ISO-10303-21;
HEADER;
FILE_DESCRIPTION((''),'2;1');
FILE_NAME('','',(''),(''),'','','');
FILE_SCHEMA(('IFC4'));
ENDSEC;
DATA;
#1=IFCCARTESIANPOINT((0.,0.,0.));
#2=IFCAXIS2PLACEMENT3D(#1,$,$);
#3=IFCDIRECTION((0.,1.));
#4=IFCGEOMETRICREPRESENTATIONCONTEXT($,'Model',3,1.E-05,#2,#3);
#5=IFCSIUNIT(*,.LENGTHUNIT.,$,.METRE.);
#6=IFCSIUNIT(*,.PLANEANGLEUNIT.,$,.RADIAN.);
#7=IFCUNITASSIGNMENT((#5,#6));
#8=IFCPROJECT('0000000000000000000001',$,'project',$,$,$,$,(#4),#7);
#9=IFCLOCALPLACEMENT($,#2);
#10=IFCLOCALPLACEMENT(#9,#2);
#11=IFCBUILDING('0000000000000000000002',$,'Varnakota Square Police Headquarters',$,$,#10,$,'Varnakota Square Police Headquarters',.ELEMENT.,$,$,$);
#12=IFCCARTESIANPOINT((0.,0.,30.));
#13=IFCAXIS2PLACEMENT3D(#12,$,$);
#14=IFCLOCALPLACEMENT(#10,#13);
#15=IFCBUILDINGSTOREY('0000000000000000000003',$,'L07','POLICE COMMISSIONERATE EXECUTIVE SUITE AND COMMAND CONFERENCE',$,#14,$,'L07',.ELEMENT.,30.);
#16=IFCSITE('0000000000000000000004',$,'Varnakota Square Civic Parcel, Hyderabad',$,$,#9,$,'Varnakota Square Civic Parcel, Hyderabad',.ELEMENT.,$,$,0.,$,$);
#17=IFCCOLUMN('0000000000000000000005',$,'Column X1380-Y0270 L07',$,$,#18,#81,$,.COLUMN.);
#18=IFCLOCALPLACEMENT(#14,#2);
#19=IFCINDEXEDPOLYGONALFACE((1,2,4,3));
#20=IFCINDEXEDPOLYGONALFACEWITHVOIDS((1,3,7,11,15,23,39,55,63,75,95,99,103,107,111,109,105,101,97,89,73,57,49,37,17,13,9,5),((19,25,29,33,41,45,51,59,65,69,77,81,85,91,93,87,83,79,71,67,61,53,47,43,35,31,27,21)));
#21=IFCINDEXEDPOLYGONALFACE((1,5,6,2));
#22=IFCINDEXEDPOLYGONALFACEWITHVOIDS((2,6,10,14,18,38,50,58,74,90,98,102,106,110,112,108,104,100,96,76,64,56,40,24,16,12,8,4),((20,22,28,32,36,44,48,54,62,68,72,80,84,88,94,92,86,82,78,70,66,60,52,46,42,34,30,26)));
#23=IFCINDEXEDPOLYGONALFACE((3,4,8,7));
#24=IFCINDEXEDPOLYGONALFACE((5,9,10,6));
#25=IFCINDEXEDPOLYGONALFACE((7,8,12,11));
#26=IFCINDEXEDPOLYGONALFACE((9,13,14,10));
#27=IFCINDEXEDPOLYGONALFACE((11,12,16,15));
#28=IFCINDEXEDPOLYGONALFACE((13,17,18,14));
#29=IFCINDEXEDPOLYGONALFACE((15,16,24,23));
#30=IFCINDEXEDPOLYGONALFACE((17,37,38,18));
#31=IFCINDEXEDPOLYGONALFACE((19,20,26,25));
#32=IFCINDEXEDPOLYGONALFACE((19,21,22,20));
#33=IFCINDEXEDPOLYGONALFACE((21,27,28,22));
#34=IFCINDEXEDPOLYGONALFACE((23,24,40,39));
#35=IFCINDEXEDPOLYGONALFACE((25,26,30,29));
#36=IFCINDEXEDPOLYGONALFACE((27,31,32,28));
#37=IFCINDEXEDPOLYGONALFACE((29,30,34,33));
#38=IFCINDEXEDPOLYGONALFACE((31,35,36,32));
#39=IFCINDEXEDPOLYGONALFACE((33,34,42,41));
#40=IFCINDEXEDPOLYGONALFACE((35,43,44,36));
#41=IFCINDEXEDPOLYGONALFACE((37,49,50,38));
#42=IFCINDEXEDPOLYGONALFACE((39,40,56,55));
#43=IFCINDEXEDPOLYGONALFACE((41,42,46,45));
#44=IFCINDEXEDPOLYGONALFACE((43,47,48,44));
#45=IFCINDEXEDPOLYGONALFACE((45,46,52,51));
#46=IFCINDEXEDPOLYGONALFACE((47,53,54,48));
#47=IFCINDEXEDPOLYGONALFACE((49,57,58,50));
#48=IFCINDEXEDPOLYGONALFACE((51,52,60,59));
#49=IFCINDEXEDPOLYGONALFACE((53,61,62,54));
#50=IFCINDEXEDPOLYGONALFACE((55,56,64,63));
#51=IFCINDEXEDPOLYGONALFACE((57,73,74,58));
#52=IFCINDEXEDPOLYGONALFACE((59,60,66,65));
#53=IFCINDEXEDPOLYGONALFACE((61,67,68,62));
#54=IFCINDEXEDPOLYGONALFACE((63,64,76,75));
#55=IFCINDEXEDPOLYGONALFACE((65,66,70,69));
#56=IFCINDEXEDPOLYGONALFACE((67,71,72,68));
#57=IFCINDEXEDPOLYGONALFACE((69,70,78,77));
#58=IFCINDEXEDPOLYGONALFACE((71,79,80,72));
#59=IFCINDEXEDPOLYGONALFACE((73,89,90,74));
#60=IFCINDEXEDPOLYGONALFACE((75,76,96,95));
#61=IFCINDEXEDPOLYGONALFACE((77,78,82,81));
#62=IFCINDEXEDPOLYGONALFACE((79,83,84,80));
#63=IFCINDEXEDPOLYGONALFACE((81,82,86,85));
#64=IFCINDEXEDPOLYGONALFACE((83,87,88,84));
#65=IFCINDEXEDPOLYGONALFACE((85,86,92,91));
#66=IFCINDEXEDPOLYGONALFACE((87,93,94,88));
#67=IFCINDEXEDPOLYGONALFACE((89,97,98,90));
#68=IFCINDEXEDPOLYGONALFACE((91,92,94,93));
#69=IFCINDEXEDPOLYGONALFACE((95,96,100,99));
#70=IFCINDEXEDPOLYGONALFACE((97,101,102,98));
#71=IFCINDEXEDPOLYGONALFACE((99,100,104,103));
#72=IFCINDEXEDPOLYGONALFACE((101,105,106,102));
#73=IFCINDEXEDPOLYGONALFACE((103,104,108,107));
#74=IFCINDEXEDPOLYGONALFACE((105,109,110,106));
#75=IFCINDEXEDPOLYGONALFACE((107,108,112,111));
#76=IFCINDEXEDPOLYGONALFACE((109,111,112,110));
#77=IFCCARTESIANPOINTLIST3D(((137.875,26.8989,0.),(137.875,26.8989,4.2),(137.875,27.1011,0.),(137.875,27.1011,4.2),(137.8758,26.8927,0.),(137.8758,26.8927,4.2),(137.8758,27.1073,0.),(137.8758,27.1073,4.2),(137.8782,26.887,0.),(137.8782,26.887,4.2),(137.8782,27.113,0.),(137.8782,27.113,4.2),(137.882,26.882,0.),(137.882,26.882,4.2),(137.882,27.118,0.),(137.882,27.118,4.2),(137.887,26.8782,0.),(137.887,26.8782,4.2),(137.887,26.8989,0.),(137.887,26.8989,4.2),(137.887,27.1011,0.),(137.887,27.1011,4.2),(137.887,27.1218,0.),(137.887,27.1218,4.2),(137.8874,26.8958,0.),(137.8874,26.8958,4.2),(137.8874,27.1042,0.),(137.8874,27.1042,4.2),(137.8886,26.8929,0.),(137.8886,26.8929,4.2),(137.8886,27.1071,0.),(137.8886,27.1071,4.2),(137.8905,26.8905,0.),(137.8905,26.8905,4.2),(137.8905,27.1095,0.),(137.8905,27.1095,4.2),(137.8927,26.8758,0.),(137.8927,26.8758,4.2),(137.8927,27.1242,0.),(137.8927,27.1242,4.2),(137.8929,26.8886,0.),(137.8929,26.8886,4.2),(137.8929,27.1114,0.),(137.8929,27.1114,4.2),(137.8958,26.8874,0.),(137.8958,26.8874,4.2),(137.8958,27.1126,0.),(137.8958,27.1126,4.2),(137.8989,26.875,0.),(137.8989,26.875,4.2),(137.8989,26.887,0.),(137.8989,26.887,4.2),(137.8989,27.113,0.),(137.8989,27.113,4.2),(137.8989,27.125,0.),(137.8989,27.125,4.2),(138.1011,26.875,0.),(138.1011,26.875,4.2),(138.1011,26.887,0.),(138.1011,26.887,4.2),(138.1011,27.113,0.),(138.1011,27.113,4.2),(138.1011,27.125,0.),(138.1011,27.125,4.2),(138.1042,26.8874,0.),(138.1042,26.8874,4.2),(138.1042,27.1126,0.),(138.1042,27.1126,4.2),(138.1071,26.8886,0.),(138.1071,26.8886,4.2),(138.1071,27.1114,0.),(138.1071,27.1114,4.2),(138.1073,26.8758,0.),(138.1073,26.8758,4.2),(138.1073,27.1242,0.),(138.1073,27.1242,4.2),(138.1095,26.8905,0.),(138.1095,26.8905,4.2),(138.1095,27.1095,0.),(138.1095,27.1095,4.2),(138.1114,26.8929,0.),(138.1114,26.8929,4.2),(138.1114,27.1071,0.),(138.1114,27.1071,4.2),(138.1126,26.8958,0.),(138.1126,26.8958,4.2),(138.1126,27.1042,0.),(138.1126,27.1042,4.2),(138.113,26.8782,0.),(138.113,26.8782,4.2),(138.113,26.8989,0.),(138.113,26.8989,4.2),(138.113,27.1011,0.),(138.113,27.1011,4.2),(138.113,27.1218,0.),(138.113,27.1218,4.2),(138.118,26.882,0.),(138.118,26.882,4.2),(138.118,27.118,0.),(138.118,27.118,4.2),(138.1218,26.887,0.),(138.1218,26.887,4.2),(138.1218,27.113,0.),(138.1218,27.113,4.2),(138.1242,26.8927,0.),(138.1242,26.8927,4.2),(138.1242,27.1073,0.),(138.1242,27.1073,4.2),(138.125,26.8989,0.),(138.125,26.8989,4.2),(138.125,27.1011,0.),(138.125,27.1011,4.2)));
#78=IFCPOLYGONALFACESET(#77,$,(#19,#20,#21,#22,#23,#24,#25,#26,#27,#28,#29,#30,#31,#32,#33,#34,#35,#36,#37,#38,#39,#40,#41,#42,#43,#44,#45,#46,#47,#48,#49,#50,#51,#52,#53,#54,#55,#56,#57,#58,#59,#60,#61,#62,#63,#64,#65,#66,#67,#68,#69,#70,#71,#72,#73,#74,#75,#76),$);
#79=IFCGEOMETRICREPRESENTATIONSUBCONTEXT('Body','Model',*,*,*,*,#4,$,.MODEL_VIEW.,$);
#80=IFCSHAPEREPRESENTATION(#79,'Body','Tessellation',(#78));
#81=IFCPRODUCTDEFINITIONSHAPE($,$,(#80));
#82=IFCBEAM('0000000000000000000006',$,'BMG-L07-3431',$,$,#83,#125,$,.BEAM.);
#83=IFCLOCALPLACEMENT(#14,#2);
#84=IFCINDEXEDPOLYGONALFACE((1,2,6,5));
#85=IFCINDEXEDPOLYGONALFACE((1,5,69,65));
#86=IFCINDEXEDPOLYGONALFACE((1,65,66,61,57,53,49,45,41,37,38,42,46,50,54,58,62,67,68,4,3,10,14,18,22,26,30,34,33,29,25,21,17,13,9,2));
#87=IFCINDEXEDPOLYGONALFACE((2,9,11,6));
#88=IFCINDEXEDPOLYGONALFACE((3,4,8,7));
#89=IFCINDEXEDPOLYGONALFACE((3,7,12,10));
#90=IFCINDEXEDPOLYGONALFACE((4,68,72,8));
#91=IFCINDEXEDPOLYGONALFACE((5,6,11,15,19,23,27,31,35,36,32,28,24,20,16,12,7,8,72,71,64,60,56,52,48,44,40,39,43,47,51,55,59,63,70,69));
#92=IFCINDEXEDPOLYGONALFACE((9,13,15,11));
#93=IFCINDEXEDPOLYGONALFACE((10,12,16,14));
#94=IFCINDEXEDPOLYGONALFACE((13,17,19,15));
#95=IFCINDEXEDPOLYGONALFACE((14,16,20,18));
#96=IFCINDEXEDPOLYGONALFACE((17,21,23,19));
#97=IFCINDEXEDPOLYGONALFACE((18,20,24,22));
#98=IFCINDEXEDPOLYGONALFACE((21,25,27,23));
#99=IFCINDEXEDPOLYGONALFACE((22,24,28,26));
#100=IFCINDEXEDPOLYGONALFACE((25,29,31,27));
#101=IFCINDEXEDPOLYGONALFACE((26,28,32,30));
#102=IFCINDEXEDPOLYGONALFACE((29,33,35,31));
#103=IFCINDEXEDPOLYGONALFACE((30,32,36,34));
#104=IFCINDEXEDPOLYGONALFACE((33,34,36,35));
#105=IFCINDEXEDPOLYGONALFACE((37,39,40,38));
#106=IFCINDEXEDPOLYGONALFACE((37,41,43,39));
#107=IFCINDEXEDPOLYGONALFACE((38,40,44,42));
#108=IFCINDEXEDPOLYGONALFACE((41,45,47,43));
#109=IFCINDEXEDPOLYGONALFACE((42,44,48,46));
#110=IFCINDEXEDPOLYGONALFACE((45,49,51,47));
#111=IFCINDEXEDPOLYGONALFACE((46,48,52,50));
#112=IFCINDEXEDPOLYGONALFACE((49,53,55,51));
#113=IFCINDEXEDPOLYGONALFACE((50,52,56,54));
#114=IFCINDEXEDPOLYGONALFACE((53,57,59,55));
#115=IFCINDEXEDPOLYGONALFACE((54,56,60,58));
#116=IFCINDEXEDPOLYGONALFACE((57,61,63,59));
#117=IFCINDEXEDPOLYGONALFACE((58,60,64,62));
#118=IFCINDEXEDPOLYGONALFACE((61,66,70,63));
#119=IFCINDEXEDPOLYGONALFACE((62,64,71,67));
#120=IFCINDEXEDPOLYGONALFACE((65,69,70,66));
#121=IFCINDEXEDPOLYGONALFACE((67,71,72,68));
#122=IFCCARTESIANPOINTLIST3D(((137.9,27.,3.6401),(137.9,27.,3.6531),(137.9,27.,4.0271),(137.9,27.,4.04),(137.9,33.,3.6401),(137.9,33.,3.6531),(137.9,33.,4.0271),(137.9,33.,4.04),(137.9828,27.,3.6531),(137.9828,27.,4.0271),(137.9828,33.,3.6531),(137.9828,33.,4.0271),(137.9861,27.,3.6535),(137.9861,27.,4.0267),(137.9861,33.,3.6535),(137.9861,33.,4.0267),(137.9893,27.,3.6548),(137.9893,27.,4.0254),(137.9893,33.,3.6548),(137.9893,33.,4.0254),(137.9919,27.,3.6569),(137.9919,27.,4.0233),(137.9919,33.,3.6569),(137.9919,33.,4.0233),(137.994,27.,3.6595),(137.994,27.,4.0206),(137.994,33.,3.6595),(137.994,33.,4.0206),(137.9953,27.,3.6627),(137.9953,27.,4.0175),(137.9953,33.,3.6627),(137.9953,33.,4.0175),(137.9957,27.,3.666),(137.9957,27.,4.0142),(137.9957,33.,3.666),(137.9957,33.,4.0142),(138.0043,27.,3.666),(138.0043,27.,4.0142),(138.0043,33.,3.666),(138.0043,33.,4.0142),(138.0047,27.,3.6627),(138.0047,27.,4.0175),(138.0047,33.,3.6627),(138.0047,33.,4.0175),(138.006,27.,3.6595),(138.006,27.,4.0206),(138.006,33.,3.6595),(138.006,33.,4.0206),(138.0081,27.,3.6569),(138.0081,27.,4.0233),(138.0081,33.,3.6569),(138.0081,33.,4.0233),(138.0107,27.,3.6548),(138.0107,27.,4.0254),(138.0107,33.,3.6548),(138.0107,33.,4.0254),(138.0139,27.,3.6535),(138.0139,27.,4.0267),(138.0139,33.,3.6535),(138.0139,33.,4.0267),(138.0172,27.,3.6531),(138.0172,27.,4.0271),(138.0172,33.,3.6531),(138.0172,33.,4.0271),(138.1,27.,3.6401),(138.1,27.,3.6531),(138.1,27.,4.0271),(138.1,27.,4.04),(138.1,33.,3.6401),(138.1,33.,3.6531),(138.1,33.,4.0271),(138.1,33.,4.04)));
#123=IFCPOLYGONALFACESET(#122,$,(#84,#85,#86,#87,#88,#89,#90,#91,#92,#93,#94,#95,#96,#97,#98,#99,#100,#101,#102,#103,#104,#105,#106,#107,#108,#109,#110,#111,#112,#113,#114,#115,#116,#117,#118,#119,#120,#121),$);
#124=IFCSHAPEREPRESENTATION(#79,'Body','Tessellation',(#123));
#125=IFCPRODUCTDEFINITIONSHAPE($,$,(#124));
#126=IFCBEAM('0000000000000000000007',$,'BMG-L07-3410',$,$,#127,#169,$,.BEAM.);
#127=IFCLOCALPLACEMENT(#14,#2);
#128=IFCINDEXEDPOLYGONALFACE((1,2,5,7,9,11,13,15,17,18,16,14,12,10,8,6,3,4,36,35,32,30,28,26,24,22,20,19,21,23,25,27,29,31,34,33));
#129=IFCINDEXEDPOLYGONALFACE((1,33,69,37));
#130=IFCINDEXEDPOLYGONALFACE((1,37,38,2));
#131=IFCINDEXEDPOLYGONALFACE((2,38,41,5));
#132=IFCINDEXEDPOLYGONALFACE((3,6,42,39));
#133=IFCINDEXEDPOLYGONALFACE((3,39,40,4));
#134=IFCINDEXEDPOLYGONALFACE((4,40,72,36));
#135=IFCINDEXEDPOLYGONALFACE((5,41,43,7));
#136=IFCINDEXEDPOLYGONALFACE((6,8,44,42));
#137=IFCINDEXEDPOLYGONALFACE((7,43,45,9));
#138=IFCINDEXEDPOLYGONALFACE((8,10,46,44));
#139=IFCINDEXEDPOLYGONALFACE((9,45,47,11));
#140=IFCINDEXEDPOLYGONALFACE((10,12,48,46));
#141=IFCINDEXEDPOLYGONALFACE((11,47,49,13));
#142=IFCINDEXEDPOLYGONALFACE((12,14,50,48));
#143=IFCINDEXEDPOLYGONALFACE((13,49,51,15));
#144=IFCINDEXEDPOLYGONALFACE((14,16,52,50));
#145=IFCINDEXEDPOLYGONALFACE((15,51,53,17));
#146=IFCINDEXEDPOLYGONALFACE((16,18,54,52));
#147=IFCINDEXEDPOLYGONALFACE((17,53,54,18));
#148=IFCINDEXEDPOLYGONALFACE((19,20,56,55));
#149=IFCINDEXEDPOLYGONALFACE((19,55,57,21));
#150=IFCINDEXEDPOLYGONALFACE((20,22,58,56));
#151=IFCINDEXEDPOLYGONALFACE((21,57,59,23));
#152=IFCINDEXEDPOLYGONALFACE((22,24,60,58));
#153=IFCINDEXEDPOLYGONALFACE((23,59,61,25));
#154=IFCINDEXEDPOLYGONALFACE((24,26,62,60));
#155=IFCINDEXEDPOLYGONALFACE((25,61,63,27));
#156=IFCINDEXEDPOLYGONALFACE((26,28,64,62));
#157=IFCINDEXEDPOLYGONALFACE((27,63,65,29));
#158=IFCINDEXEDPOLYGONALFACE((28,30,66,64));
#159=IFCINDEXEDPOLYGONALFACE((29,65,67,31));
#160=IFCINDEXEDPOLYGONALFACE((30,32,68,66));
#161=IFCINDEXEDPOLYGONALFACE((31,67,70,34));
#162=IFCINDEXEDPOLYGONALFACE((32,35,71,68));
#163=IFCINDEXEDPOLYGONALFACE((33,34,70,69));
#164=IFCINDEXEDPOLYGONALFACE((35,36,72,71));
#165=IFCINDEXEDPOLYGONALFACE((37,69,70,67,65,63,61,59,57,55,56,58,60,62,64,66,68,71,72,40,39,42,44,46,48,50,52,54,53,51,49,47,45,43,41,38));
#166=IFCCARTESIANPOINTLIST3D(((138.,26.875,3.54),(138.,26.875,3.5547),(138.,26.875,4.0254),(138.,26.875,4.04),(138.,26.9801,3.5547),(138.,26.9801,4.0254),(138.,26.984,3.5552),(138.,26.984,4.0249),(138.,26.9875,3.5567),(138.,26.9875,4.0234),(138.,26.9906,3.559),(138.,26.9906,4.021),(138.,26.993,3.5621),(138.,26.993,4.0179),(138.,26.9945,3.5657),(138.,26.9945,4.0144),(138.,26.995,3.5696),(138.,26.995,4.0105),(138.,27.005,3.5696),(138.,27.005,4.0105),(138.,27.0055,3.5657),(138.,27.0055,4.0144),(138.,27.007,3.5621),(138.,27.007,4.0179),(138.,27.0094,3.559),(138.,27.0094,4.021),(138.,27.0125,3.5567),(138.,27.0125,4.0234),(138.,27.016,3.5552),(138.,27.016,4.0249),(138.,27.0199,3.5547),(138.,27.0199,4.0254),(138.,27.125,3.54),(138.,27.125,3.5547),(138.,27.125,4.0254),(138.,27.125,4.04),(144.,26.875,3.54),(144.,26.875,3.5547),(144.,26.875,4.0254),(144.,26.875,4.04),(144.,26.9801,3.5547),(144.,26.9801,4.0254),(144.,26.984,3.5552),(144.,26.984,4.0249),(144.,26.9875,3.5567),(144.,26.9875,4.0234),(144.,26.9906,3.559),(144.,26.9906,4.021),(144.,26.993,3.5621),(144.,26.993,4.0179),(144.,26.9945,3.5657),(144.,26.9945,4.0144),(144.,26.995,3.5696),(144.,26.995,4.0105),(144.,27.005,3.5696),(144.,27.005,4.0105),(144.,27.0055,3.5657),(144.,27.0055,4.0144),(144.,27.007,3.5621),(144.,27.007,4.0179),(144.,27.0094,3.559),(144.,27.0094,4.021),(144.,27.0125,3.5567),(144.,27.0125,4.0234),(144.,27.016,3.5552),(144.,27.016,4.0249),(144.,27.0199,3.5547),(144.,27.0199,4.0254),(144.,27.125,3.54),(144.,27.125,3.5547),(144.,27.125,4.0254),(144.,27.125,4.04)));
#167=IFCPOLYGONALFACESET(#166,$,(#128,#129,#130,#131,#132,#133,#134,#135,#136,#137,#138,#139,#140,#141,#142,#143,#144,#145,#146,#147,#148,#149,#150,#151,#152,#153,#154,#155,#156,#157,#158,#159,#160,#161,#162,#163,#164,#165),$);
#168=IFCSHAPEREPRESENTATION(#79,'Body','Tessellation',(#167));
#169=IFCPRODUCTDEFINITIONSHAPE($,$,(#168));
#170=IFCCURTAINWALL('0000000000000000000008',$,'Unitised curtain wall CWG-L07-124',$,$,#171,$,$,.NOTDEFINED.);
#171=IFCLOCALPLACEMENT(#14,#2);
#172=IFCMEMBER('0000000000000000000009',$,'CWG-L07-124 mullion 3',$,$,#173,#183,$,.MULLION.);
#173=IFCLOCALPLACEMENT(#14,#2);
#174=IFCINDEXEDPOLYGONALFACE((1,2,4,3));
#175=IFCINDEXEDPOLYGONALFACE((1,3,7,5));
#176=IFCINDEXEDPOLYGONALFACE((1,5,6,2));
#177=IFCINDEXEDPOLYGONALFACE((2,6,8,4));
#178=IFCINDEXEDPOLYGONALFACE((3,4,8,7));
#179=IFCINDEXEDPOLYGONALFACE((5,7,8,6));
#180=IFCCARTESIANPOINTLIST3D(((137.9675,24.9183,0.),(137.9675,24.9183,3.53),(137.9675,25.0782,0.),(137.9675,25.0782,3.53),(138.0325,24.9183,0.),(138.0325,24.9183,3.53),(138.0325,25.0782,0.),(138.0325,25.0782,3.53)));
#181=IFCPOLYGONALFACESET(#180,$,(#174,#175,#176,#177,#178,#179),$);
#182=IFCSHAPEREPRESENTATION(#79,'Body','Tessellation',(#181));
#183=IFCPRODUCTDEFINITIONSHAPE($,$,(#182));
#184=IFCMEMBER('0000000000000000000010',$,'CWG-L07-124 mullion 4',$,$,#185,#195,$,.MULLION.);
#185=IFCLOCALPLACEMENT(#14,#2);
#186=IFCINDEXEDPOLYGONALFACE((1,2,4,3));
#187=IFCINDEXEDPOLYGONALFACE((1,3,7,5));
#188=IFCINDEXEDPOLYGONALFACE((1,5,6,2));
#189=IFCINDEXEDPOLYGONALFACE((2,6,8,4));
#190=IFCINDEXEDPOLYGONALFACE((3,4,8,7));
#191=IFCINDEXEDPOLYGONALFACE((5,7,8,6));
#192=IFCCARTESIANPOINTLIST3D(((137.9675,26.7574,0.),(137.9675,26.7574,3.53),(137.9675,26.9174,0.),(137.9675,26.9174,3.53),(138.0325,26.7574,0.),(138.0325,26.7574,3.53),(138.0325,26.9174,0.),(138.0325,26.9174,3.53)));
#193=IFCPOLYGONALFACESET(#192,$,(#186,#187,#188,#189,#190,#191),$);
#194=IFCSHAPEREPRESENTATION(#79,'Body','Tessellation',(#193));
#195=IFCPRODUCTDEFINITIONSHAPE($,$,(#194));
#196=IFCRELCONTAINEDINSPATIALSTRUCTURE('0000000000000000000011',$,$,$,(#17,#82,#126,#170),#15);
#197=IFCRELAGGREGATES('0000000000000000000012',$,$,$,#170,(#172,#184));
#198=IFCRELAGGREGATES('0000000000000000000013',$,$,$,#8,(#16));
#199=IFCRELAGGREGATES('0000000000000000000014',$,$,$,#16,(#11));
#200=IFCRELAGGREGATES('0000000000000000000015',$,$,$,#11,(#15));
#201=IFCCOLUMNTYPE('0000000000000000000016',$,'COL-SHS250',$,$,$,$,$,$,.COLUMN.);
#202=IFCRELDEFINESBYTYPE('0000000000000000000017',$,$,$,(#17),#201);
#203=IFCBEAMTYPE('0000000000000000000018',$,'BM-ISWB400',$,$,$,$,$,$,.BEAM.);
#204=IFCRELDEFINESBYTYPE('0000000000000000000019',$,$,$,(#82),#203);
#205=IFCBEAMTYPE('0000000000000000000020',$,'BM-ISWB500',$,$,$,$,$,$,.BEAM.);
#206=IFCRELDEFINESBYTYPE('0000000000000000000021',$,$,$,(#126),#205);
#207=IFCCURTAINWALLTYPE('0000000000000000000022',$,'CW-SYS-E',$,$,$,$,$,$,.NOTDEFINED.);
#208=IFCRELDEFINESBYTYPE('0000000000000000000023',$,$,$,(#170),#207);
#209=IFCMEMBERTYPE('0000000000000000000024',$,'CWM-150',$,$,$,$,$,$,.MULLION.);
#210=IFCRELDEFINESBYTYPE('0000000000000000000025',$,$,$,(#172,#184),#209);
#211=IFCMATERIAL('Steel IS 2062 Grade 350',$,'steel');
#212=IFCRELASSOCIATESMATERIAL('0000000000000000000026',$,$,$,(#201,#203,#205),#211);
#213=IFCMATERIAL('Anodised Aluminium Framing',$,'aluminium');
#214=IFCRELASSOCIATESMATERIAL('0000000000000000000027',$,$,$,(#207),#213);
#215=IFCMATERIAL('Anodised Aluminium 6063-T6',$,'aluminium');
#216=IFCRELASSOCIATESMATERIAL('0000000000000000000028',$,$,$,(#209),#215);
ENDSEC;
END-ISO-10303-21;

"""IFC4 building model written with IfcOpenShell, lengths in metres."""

from ifc_helpers import new_model, si_unit, direction, frame, origin, origin_2d, place, context, subcontext, project, spatial, rectangle, hollow_rectangle, i_section, extrude, material, material_profile, profile_set, type_object, element, aggregate, save


model = new_model("IFC4")

# Units and contexts
model_context = context("Model", 3, precision=1e-05, world=origin(), true_north=direction((0.0, 1.0)))
body_context = subcontext(model_context, "Body", "Model", "MODEL_VIEW")
ifc_project = project(units=[si_unit("LENGTHUNIT", "METRE"), si_unit("PLANEANGLEUNIT", "RADIAN")], contexts=[model_context])

# Site, building, storey
site_placement = place(None, origin())
site = spatial("IfcSite", under=ifc_project, at=site_placement, Name="Varnakota Square Civic Parcel, Hyderabad", LongName="Varnakota Square Civic Parcel, Hyderabad", CompositionType="ELEMENT", RefElevation=0.0)
building_placement = place(site_placement, origin())
building = spatial("IfcBuilding", under=site, at=building_placement, Name="Varnakota Square Police Headquarters", LongName="Varnakota Square Police Headquarters", CompositionType="ELEMENT")
storey_placement = place(building_placement, frame((0.0, 0.0, 30.0)))
storey = spatial("IfcBuildingStorey", under=building, at=storey_placement, Name="L07", Description="POLICE COMMISSIONERATE EXECUTIVE SUITE AND COMMAND CONFERENCE", LongName="L07", CompositionType="ELEMENT", Elevation=30.0)

# Column
ifc_material_1 = material(Name="Steel IS 2062 Grade 350", Category="steel")
ifc_material_profile_1 = material_profile(ifc_material_1, hollow_rectangle(XDim=0.25, YDim=0.25, WallThickness=0.012, InnerFilletRadius=0.012, OuterFilletRadius=0.0239, at=origin_2d()), Name="SHS 250x250x12")
ifc_profile_set_1 = profile_set([ifc_material_profile_1], Name="Steel IS 2062 Grade 350")
column_type = type_object("IfcColumnType", Name="COL-SHS250", PredefinedType="COLUMN", material=ifc_profile_set_1)
column_placement = place(storey_placement, frame((138.0, 27.0, 0.0), z_axis=(0.0, 0.0, 1.0), x_axis=(1.0, 0.0, 0.0)))
element("IfcColumn", 1, at=column_placement, inside=storey, type_object=column_type, Name="Column X1380-Y0270 L07", PredefinedType="COLUMN", context=body_context, shape_type="SweptSolid", body=[
    extrude(hollow_rectangle(XDim=0.25, YDim=0.25, WallThickness=0.012, InnerFilletRadius=0.012, OuterFilletRadius=0.0239, at=origin_2d()), origin(), (0.0, 0.0, 1.0), 4.2),
])

# Beams
ifc_material_profile_2 = material_profile(ifc_material_1, i_section(OverallWidth=0.2, OverallDepth=0.3999, WebThickness=0.0085, FlangeThickness=0.0129, FilletRadius=0.0129, at=origin_2d()), Name="ISWB 400")
ifc_profile_set_2 = profile_set([ifc_material_profile_2], Name="Steel IS 2062 Grade 350")
beam_type_1 = type_object("IfcBeamType", Name="BM-ISWB400", PredefinedType="BEAM", material=ifc_profile_set_2)
beam_1_placement = place(storey_placement, frame((138.0, 27.0, 3.8401), z_axis=(0.0, 1.0, 0.0), x_axis=(-1.0, 0.0, 0.0)))
element("IfcBeam", 2, at=beam_1_placement, inside=storey, type_object=beam_type_1, Name="BMG-L07-3431", PredefinedType="BEAM", context=body_context, shape_type="SweptSolid", body=[
    extrude(i_section(OverallWidth=0.2, OverallDepth=0.3999, WebThickness=0.0085, FlangeThickness=0.0129, FilletRadius=0.0129, at=origin_2d()), origin(), (0.0, 0.0, 1.0), 6.0),
])
ifc_material_profile_3 = material_profile(ifc_material_1, i_section(OverallWidth=0.25, OverallDepth=0.5, WebThickness=0.01, FlangeThickness=0.0146, FilletRadius=0.0149, at=origin_2d()), Name="ISWB 500")
ifc_profile_set_3 = profile_set([ifc_material_profile_3], Name="Steel IS 2062 Grade 350")
beam_type_2 = type_object("IfcBeamType", Name="BM-ISWB500", PredefinedType="BEAM", material=ifc_profile_set_3)
beam_2_placement = place(storey_placement, frame((138.0, 27.0, 3.79), z_axis=(1.0, 0.0, 0.0), x_axis=(0.0, 1.0, 0.0)))
element("IfcBeam", 3, at=beam_2_placement, inside=storey, type_object=beam_type_2, Name="BMG-L07-3410", PredefinedType="BEAM", context=body_context, shape_type="SweptSolid", body=[
    extrude(i_section(OverallWidth=0.25, OverallDepth=0.5, WebThickness=0.01, FlangeThickness=0.0146, FilletRadius=0.0149, at=origin_2d()), origin(), (0.0, 0.0, 1.0), 6.0),
])

# Curtain wall, members
ifc_material_2 = material(Name="Anodised Aluminium Framing", Category="aluminium")
curtain_wall_type = type_object("IfcCurtainWallType", Name="CW-SYS-E", PredefinedType="NOTDEFINED", material=ifc_material_2)
curtain_wall_1_placement = place(storey_placement, origin())
curtain_wall_1 = element("IfcCurtainWall", 4, at=curtain_wall_1_placement, inside=storey, type_object=curtain_wall_type, Name="Unitised curtain wall CWG-L07-124", PredefinedType="NOTDEFINED")
ifc_material_3 = material(Name="Anodised Aluminium 6063-T6", Category="aluminium")
ifc_material_profile_4 = material_profile(ifc_material_3, rectangle(XDim=0.0649, YDim=0.1599, at=origin_2d()), Name="ALU MULLION 65x160")
ifc_profile_set_4 = profile_set([ifc_material_profile_4], Name="Anodised Aluminium 6063-T6")
member_type_1 = type_object("IfcMemberType", Name="CWM-150", PredefinedType="MULLION", material=ifc_profile_set_4)
member_1_placement = place(storey_placement, frame((138.0, 24.9983, 0.0), z_axis=(0.0, 0.0, 1.0), x_axis=(-1.0, 0.0, 0.0)))
member_1 = element("IfcMember", 5, at=member_1_placement, type_object=member_type_1, Name="CWG-L07-124 mullion 3", PredefinedType="MULLION", context=body_context, shape_type="SweptSolid", body=[
    extrude(rectangle(XDim=0.0649, YDim=0.1599, at=origin_2d()), origin(), (0.0, 0.0, 1.0), 3.53),
])
member_2_placement = place(storey_placement, frame((138.0, 26.8374, 0.0), z_axis=(0.0, 0.0, 1.0), x_axis=(-1.0, 0.0, 0.0)))
member_2 = element("IfcMember", 6, at=member_2_placement, type_object=member_type_1, Name="CWG-L07-124 mullion 4", PredefinedType="MULLION", context=body_context, shape_type="SweptSolid", body=[
    extrude(rectangle(XDim=0.0649, YDim=0.1599, at=origin_2d()), origin(), (0.0, 0.0, 1.0), 3.53),
])

aggregate(curtain_wall_1, [member_1, member_2])

save(model, "model.ifc")
